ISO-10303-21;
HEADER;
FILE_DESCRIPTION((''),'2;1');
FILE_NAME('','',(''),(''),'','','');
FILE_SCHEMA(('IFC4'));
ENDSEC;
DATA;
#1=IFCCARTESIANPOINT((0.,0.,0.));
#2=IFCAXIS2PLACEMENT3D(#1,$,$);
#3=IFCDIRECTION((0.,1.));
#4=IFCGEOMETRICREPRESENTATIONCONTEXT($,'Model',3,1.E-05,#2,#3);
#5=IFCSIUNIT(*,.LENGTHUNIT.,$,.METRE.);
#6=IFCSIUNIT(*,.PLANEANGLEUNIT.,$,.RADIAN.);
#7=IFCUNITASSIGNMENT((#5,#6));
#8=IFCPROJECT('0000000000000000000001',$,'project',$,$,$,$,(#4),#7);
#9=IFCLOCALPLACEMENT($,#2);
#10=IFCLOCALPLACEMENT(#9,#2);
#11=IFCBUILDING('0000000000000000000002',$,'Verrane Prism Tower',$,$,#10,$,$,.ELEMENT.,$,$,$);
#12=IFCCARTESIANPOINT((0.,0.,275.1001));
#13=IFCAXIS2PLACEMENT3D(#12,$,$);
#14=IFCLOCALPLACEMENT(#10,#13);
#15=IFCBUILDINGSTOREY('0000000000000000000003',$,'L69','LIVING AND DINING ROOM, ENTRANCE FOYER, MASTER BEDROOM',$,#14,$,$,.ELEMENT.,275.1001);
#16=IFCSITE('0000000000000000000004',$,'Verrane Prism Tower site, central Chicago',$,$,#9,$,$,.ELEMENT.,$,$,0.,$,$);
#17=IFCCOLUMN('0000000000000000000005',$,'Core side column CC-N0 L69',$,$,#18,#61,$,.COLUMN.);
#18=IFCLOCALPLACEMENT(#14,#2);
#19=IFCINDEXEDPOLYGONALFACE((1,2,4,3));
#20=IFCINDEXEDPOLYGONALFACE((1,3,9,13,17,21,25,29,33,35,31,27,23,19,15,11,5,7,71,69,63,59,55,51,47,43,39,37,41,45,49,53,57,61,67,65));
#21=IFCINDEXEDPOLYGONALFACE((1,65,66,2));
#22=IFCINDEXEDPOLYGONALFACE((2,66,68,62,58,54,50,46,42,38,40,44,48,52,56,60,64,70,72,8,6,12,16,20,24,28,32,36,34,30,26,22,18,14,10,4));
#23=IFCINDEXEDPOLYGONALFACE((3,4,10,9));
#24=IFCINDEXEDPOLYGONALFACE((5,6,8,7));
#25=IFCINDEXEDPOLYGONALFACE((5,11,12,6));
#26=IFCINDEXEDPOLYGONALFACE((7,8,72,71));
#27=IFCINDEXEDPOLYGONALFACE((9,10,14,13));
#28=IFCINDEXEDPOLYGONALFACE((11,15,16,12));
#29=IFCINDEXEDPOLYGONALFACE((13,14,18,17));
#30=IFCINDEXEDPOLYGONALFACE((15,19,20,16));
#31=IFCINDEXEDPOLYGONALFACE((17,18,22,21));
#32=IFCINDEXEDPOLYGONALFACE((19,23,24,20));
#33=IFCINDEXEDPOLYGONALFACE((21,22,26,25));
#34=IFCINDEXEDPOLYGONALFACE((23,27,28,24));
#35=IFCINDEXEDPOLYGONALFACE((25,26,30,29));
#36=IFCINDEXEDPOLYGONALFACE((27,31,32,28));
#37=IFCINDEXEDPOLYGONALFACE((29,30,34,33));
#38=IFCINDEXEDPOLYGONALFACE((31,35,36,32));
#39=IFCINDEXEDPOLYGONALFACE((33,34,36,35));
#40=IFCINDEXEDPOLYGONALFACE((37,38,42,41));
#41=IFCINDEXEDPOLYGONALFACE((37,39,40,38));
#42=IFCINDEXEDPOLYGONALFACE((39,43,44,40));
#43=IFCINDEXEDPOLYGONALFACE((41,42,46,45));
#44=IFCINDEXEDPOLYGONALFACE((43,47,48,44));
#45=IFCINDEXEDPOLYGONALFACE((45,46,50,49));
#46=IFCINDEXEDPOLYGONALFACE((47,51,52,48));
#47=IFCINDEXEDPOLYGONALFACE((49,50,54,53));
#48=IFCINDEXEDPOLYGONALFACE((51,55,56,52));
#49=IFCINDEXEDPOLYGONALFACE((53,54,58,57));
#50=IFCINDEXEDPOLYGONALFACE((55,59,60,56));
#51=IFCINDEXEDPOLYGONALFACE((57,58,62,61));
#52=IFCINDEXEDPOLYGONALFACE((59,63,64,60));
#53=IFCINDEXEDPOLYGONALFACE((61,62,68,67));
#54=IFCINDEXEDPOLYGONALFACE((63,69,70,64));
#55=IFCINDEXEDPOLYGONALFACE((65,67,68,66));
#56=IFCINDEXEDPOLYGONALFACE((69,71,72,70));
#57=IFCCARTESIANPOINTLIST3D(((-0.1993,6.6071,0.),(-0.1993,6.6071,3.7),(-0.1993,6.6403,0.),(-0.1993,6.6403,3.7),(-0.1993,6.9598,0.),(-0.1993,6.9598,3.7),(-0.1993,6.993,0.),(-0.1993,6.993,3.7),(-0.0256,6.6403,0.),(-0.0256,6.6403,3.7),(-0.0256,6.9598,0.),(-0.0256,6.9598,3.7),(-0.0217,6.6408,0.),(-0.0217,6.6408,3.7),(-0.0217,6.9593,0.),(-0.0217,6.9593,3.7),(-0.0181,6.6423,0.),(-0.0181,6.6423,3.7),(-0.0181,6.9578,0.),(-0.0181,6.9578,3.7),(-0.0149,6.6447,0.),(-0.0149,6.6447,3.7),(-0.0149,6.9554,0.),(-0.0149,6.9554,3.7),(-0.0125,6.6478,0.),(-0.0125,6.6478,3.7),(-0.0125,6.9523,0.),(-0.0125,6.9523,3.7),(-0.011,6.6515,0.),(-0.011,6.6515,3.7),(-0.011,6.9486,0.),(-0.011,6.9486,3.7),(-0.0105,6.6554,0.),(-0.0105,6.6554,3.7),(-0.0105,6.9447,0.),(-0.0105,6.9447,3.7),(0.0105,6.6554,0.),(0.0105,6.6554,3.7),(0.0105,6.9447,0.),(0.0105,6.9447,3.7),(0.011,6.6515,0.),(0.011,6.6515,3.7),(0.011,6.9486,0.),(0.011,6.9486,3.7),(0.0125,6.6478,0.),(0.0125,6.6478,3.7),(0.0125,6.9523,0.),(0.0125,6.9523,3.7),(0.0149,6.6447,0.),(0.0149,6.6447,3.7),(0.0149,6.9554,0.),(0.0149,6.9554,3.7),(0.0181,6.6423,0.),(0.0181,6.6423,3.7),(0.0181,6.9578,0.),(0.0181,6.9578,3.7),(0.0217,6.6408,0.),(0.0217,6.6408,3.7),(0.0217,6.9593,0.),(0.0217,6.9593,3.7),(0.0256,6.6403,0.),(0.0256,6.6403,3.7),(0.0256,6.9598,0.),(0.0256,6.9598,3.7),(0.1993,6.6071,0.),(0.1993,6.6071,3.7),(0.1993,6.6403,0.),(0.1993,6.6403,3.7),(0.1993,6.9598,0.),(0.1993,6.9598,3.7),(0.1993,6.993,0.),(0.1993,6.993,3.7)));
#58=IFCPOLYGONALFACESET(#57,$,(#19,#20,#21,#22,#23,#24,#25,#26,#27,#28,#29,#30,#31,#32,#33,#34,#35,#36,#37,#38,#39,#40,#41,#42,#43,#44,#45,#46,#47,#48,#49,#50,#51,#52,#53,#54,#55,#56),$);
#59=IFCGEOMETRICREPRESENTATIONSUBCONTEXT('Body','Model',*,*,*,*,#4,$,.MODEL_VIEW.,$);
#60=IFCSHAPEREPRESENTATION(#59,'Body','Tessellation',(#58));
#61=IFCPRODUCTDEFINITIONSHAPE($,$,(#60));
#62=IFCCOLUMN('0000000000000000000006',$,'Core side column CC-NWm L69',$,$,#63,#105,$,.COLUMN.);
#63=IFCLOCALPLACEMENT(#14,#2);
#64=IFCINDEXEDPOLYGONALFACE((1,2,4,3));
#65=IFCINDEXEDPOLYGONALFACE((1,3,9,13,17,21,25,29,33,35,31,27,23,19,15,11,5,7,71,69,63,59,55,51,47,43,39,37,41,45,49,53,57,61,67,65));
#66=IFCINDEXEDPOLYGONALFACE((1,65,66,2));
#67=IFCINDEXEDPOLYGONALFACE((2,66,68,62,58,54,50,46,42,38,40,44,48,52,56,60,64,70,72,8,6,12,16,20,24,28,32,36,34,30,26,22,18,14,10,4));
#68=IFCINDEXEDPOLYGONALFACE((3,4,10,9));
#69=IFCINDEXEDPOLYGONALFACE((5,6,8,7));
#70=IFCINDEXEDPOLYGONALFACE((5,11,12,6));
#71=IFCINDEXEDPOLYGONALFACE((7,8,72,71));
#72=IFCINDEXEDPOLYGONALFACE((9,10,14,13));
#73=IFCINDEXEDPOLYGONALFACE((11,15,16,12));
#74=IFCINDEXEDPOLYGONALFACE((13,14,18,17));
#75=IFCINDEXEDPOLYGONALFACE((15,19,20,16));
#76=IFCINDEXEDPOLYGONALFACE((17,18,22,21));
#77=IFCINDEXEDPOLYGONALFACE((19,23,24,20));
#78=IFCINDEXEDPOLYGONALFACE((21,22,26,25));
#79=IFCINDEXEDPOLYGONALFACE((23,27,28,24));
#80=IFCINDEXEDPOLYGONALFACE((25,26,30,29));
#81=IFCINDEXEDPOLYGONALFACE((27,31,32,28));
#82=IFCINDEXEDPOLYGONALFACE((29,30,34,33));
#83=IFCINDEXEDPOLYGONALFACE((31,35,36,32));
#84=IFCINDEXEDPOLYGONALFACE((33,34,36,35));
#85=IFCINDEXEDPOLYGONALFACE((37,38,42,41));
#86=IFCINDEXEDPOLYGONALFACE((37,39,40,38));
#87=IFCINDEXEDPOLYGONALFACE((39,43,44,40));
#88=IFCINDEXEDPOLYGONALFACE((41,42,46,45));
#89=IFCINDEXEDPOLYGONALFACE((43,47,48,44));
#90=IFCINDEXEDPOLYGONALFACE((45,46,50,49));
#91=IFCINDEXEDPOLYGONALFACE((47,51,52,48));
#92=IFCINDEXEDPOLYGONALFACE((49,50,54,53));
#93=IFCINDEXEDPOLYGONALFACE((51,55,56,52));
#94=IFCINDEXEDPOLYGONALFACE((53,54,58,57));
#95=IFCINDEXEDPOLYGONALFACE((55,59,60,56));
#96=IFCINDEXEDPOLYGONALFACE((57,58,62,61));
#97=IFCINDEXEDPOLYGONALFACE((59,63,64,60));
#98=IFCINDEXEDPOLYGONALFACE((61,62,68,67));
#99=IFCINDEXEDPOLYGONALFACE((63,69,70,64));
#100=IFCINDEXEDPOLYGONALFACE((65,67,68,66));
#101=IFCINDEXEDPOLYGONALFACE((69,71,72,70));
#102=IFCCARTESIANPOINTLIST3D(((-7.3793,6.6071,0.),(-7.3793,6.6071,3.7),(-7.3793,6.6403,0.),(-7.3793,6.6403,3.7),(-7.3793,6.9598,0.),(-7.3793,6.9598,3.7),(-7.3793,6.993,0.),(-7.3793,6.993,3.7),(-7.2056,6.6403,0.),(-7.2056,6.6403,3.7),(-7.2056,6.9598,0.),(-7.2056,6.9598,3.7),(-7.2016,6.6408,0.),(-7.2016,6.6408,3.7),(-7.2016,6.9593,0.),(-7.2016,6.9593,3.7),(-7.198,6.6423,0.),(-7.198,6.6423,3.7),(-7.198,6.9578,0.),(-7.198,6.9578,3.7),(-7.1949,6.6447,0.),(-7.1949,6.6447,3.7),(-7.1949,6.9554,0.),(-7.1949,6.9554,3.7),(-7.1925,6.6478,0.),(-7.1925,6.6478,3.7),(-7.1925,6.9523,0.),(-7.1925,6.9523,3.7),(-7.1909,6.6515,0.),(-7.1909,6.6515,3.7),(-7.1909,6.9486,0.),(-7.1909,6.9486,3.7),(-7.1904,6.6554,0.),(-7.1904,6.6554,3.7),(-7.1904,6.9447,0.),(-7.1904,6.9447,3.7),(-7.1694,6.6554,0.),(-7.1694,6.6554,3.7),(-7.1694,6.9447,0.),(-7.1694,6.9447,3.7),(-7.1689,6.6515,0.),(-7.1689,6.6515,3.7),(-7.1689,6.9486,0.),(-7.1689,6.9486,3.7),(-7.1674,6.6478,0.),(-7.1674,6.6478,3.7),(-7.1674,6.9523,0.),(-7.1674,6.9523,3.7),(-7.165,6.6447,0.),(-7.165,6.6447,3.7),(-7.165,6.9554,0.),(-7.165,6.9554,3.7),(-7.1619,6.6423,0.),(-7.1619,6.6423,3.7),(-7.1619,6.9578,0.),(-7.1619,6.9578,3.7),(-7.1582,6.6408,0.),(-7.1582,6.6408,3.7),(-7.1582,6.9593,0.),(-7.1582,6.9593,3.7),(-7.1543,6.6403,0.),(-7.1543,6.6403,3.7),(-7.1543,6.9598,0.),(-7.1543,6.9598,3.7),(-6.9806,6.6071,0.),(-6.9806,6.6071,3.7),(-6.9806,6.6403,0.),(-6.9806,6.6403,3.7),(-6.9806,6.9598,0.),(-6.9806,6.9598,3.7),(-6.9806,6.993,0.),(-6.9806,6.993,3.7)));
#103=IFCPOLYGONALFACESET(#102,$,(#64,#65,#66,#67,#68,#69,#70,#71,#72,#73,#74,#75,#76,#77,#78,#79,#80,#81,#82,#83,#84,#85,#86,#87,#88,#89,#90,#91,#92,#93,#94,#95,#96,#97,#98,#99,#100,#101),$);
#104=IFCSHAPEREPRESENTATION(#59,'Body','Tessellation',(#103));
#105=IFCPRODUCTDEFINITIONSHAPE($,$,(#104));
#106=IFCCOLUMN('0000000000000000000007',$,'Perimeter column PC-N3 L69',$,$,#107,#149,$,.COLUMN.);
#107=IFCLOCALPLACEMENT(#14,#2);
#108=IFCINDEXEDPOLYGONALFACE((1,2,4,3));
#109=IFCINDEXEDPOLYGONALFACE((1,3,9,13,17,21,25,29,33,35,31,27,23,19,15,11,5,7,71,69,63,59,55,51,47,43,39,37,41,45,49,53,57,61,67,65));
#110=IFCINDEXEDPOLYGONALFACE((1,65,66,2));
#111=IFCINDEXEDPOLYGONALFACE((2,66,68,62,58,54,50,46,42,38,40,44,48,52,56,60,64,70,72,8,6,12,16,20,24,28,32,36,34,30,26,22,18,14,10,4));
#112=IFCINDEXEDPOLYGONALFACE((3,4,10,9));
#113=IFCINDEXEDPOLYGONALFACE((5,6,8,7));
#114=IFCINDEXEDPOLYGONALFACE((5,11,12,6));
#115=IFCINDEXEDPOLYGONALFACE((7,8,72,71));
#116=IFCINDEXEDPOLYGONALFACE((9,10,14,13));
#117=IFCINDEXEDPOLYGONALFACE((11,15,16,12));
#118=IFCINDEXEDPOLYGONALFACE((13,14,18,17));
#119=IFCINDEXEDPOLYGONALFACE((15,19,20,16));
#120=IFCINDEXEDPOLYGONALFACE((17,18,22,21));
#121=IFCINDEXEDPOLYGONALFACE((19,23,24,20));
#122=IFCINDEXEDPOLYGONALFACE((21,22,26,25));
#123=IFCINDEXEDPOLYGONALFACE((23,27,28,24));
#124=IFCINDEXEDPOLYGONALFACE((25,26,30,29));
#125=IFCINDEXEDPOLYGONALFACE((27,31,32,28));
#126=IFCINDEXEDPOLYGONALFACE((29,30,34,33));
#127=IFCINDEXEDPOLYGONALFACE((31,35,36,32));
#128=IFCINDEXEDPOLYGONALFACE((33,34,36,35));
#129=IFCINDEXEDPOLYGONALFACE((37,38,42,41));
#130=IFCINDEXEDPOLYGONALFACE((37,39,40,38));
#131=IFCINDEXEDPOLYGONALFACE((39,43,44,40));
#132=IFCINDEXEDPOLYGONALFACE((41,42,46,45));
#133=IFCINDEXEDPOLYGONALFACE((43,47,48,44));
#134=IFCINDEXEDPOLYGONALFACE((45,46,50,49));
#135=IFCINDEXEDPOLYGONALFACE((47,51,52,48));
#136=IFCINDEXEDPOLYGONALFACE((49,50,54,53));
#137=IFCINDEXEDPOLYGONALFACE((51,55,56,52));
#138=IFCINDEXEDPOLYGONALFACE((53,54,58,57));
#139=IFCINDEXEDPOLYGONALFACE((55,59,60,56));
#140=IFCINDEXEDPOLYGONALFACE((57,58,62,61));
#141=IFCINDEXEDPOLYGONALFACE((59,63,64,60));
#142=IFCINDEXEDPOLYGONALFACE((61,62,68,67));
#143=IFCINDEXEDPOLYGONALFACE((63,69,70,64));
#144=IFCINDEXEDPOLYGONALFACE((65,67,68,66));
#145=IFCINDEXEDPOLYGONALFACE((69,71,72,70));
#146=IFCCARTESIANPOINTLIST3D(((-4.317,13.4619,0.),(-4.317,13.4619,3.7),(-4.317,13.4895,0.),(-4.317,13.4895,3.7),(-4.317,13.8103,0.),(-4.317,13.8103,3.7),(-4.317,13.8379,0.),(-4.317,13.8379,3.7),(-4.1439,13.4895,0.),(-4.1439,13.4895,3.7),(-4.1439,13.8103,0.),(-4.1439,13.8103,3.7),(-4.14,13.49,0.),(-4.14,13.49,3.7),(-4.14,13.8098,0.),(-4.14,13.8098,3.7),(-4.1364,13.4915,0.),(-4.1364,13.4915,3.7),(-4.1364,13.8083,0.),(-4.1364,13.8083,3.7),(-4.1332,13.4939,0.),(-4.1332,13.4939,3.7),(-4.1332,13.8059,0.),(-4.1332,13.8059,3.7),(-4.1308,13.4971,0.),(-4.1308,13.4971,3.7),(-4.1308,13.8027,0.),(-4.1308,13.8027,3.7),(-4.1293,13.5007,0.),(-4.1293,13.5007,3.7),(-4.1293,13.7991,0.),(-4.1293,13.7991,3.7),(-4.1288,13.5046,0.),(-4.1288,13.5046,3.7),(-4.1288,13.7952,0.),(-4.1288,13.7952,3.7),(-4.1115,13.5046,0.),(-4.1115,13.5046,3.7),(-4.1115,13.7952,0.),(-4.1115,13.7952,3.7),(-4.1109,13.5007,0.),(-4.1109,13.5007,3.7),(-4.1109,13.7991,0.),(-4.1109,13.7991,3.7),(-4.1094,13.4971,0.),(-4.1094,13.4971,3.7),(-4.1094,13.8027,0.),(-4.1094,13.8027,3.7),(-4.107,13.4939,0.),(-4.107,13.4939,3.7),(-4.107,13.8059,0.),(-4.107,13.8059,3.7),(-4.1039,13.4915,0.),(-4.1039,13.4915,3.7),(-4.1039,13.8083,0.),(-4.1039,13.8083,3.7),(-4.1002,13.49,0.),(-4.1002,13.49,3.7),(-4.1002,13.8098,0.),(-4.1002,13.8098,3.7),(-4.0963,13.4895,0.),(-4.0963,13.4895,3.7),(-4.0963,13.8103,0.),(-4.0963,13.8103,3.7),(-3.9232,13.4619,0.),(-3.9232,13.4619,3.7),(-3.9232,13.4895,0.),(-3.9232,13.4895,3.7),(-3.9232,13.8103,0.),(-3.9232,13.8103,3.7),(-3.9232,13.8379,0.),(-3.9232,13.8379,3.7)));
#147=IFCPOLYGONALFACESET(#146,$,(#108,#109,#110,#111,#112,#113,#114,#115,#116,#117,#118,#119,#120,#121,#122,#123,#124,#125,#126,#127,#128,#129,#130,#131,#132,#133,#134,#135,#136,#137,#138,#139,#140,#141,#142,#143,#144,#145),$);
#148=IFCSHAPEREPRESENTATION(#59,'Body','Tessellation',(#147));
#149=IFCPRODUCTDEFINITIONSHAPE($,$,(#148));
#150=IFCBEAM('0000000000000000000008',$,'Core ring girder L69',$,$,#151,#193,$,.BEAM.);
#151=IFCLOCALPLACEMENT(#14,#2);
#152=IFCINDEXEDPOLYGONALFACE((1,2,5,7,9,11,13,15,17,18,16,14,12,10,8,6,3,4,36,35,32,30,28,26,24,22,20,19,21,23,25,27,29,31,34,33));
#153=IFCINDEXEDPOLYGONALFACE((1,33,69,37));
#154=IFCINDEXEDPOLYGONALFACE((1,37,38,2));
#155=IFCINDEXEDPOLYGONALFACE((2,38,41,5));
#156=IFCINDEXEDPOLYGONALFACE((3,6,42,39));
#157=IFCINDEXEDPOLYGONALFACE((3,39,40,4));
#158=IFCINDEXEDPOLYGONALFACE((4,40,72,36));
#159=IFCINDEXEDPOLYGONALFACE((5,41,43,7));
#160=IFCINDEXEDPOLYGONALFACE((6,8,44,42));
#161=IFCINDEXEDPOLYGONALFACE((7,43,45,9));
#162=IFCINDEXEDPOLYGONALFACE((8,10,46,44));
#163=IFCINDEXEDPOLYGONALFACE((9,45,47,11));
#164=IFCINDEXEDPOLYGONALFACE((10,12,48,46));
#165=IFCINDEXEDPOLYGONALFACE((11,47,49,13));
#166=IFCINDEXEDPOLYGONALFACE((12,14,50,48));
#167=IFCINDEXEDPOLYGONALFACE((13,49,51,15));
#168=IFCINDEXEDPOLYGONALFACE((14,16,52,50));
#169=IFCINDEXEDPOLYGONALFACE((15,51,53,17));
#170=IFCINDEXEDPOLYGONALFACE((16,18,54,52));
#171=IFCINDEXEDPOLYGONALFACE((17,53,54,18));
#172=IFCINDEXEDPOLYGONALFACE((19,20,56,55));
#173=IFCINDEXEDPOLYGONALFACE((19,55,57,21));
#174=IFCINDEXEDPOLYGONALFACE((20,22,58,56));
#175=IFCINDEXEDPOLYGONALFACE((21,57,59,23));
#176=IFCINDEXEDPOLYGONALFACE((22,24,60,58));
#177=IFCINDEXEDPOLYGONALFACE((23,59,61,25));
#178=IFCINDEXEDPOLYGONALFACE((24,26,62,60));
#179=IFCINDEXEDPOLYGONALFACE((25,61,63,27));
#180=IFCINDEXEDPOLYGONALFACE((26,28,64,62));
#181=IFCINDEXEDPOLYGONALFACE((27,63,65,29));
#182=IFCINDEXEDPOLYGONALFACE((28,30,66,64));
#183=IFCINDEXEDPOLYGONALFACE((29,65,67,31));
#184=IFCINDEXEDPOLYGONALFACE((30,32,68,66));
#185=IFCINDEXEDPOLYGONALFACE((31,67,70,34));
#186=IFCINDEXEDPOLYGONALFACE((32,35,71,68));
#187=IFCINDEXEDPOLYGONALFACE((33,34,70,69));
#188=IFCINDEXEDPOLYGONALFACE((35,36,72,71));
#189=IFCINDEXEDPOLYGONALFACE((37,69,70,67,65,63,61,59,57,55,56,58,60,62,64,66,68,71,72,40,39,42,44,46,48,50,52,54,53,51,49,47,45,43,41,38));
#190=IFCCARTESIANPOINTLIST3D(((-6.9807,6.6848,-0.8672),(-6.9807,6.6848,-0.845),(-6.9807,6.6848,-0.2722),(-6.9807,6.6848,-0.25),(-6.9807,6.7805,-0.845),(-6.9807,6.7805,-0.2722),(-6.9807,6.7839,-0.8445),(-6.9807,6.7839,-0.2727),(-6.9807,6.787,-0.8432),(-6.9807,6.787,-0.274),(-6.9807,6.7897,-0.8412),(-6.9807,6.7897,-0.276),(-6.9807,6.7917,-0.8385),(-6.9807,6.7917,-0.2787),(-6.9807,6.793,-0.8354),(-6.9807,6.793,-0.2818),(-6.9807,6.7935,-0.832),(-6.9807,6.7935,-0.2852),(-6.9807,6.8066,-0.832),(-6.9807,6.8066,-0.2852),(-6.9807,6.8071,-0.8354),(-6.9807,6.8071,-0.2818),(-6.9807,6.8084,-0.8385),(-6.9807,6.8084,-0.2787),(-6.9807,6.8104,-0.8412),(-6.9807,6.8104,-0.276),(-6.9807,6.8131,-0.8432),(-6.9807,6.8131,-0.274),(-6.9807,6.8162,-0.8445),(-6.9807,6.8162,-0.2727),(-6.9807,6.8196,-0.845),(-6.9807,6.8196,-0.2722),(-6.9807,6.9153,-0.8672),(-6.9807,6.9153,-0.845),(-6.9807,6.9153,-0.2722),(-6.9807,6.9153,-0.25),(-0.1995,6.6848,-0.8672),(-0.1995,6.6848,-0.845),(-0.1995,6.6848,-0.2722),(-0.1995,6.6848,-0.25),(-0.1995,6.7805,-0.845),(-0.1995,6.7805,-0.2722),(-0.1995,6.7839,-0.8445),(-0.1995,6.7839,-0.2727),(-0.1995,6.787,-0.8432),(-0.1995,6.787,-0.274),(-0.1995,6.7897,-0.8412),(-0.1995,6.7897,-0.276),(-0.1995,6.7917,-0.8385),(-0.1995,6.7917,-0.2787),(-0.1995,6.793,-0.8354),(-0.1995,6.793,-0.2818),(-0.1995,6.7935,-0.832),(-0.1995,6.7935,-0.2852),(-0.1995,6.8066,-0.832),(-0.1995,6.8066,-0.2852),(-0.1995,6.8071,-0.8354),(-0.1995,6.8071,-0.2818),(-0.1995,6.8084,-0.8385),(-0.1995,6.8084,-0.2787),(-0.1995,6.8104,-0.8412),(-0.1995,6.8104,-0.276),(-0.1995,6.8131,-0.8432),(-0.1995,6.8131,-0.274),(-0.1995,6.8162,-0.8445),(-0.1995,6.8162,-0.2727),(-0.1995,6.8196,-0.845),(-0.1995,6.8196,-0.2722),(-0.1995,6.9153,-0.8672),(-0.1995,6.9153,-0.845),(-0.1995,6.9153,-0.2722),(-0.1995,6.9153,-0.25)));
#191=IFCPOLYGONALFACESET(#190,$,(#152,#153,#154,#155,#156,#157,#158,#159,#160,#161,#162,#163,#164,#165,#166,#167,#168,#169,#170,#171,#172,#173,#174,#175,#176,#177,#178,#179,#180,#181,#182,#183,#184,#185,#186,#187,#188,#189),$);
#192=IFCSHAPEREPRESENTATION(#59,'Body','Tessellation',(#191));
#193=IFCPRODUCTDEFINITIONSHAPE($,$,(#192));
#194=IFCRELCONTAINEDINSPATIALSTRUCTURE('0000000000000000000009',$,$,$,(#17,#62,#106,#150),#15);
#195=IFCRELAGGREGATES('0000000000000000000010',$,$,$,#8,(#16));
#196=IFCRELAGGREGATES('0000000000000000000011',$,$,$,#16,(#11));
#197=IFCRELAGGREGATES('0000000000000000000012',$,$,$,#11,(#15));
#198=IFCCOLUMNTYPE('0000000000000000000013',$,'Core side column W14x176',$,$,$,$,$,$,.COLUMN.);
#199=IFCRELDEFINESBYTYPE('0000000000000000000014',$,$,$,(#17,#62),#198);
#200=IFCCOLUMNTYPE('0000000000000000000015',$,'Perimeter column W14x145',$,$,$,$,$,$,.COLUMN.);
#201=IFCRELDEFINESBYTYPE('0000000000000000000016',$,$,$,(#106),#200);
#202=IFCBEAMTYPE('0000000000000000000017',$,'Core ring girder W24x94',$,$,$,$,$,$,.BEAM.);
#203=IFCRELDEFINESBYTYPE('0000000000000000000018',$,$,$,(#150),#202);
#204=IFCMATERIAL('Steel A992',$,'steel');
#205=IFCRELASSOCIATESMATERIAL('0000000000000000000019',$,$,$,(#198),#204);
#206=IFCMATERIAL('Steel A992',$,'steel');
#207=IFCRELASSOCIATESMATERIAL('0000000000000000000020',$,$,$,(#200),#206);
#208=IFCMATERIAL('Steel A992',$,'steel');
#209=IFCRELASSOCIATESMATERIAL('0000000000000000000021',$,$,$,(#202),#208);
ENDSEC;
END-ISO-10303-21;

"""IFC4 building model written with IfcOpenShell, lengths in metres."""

from ifc_helpers import new_model, si_unit, direction, frame, origin, origin_2d, place, context, subcontext, project, spatial, i_section, extrude, material, material_profile, profile_set, type_object, element, save


model = new_model("IFC4")

# Units and contexts
model_context = context("Model", 3, precision=1e-05, world=origin(), true_north=direction((0.0, 1.0)))
body_context = subcontext(model_context, "Body", "Model", "MODEL_VIEW")
ifc_project = project(units=[si_unit("LENGTHUNIT", "METRE"), si_unit("PLANEANGLEUNIT", "RADIAN")], contexts=[model_context])

# Site, building, storey
site_placement = place(None, origin())
site = spatial("IfcSite", under=ifc_project, at=site_placement, Name="Verrane Prism Tower site, central Chicago", CompositionType="ELEMENT", RefElevation=0.0)
building_placement = place(site_placement, origin())
building = spatial("IfcBuilding", under=site, at=building_placement, Name="Verrane Prism Tower", CompositionType="ELEMENT")
storey_placement = place(building_placement, frame((0.0, 0.0, 275.1001)))
storey = spatial("IfcBuildingStorey", under=building, at=storey_placement, Name="L69", Description="LIVING AND DINING ROOM, ENTRANCE FOYER, MASTER BEDROOM", CompositionType="ELEMENT", Elevation=275.1001)

# Columns
ifc_material_1 = material(Name="Steel A992", Category="steel")
ifc_material_profile_1 = material_profile(ifc_material_1, i_section(OverallWidth=0.3987, OverallDepth=0.386, WebThickness=0.021, FlangeThickness=0.0332, FilletRadius=0.0151, at=origin_2d()), Name="W14x176")
ifc_profile_set_1 = profile_set([ifc_material_profile_1], Name="Steel A992")
column_type_1 = type_object("IfcColumnType", Name="Core side column W14x176", PredefinedType="COLUMN", material=ifc_profile_set_1)
for number, where, z_axis, x_axis, name in (
    (1, (0.0, 6.8, 0.0), (0.0, 0.0, 1.0), (1.0, 0.0, 0.0), "Core side column CC-N0 L69"),
    (2, (-7.1799, 6.8, 0.0), (0.0, 0.0, 1.0), (1.0, 0.0, 0.0), "Core side column CC-NWm L69"),
):
    element("IfcColumn", number, at=place(storey_placement, frame(where, z_axis=z_axis, x_axis=x_axis)), inside=storey, type_object=column_type_1, Name=name, PredefinedType="COLUMN", context=body_context, shape_type="SweptSolid", body=[
        extrude(i_section(OverallWidth=0.3987, OverallDepth=0.386, WebThickness=0.021, FlangeThickness=0.0332, FilletRadius=0.0151, at=origin_2d()), origin(), (0.0, 0.0, 1.0), 3.7),
    ])
ifc_material_2 = material(Name="Steel A992", Category="steel")
ifc_material_profile_2 = material_profile(ifc_material_2, i_section(OverallWidth=0.3938, OverallDepth=0.376, WebThickness=0.0173, FlangeThickness=0.0276, FilletRadius=0.0151, at=origin_2d()), Name="W14x145")
ifc_profile_set_2 = profile_set([ifc_material_profile_2], Name="Steel A992")
column_type_2 = type_object("IfcColumnType", Name="Perimeter column W14x145", PredefinedType="COLUMN", material=ifc_profile_set_2)
column_placement = place(storey_placement, frame((-4.1201, 13.6499, 0.0), z_axis=(0.0, 0.0, 1.0), x_axis=(1.0, 0.0, 0.0)))
element("IfcColumn", 3, at=column_placement, inside=storey, type_object=column_type_2, Name="Perimeter column PC-N3 L69", PredefinedType="COLUMN", context=body_context, shape_type="SweptSolid", body=[
    extrude(i_section(OverallWidth=0.3938, OverallDepth=0.376, WebThickness=0.0173, FlangeThickness=0.0276, FilletRadius=0.0151, at=origin_2d()), origin(), (0.0, 0.0, 1.0), 3.7),
])

# Beam
ifc_material_3 = material(Name="Steel A992", Category="steel")
ifc_material_profile_3 = material_profile(ifc_material_3, i_section(OverallWidth=0.2305, OverallDepth=0.6172, WebThickness=0.0132, FlangeThickness=0.0222, FilletRadius=0.0129, at=origin_2d()), Name="W24x94")
ifc_profile_set_3 = profile_set([ifc_material_profile_3], Name="Steel A992")
beam_type_1 = type_object("IfcBeamType", Name="Core ring girder W24x94", PredefinedType="BEAM", material=ifc_profile_set_3)
beam_1_placement = place(storey_placement, frame((-0.1995, 6.8, -0.5586), z_axis=(-1.0, 0.0, 0.0), x_axis=(0.0, -1.0, 0.0)))
element("IfcBeam", 4, at=beam_1_placement, inside=storey, type_object=beam_type_1, Name="Core ring girder L69", PredefinedType="BEAM", context=body_context, shape_type="SweptSolid", body=[
    extrude(i_section(OverallWidth=0.2305, OverallDepth=0.6172, WebThickness=0.0132, FlangeThickness=0.0222, FilletRadius=0.0129, at=origin_2d()), origin(), (0.0, 0.0, 1.0), 6.7812),
])

save(model, "model.ifc")
